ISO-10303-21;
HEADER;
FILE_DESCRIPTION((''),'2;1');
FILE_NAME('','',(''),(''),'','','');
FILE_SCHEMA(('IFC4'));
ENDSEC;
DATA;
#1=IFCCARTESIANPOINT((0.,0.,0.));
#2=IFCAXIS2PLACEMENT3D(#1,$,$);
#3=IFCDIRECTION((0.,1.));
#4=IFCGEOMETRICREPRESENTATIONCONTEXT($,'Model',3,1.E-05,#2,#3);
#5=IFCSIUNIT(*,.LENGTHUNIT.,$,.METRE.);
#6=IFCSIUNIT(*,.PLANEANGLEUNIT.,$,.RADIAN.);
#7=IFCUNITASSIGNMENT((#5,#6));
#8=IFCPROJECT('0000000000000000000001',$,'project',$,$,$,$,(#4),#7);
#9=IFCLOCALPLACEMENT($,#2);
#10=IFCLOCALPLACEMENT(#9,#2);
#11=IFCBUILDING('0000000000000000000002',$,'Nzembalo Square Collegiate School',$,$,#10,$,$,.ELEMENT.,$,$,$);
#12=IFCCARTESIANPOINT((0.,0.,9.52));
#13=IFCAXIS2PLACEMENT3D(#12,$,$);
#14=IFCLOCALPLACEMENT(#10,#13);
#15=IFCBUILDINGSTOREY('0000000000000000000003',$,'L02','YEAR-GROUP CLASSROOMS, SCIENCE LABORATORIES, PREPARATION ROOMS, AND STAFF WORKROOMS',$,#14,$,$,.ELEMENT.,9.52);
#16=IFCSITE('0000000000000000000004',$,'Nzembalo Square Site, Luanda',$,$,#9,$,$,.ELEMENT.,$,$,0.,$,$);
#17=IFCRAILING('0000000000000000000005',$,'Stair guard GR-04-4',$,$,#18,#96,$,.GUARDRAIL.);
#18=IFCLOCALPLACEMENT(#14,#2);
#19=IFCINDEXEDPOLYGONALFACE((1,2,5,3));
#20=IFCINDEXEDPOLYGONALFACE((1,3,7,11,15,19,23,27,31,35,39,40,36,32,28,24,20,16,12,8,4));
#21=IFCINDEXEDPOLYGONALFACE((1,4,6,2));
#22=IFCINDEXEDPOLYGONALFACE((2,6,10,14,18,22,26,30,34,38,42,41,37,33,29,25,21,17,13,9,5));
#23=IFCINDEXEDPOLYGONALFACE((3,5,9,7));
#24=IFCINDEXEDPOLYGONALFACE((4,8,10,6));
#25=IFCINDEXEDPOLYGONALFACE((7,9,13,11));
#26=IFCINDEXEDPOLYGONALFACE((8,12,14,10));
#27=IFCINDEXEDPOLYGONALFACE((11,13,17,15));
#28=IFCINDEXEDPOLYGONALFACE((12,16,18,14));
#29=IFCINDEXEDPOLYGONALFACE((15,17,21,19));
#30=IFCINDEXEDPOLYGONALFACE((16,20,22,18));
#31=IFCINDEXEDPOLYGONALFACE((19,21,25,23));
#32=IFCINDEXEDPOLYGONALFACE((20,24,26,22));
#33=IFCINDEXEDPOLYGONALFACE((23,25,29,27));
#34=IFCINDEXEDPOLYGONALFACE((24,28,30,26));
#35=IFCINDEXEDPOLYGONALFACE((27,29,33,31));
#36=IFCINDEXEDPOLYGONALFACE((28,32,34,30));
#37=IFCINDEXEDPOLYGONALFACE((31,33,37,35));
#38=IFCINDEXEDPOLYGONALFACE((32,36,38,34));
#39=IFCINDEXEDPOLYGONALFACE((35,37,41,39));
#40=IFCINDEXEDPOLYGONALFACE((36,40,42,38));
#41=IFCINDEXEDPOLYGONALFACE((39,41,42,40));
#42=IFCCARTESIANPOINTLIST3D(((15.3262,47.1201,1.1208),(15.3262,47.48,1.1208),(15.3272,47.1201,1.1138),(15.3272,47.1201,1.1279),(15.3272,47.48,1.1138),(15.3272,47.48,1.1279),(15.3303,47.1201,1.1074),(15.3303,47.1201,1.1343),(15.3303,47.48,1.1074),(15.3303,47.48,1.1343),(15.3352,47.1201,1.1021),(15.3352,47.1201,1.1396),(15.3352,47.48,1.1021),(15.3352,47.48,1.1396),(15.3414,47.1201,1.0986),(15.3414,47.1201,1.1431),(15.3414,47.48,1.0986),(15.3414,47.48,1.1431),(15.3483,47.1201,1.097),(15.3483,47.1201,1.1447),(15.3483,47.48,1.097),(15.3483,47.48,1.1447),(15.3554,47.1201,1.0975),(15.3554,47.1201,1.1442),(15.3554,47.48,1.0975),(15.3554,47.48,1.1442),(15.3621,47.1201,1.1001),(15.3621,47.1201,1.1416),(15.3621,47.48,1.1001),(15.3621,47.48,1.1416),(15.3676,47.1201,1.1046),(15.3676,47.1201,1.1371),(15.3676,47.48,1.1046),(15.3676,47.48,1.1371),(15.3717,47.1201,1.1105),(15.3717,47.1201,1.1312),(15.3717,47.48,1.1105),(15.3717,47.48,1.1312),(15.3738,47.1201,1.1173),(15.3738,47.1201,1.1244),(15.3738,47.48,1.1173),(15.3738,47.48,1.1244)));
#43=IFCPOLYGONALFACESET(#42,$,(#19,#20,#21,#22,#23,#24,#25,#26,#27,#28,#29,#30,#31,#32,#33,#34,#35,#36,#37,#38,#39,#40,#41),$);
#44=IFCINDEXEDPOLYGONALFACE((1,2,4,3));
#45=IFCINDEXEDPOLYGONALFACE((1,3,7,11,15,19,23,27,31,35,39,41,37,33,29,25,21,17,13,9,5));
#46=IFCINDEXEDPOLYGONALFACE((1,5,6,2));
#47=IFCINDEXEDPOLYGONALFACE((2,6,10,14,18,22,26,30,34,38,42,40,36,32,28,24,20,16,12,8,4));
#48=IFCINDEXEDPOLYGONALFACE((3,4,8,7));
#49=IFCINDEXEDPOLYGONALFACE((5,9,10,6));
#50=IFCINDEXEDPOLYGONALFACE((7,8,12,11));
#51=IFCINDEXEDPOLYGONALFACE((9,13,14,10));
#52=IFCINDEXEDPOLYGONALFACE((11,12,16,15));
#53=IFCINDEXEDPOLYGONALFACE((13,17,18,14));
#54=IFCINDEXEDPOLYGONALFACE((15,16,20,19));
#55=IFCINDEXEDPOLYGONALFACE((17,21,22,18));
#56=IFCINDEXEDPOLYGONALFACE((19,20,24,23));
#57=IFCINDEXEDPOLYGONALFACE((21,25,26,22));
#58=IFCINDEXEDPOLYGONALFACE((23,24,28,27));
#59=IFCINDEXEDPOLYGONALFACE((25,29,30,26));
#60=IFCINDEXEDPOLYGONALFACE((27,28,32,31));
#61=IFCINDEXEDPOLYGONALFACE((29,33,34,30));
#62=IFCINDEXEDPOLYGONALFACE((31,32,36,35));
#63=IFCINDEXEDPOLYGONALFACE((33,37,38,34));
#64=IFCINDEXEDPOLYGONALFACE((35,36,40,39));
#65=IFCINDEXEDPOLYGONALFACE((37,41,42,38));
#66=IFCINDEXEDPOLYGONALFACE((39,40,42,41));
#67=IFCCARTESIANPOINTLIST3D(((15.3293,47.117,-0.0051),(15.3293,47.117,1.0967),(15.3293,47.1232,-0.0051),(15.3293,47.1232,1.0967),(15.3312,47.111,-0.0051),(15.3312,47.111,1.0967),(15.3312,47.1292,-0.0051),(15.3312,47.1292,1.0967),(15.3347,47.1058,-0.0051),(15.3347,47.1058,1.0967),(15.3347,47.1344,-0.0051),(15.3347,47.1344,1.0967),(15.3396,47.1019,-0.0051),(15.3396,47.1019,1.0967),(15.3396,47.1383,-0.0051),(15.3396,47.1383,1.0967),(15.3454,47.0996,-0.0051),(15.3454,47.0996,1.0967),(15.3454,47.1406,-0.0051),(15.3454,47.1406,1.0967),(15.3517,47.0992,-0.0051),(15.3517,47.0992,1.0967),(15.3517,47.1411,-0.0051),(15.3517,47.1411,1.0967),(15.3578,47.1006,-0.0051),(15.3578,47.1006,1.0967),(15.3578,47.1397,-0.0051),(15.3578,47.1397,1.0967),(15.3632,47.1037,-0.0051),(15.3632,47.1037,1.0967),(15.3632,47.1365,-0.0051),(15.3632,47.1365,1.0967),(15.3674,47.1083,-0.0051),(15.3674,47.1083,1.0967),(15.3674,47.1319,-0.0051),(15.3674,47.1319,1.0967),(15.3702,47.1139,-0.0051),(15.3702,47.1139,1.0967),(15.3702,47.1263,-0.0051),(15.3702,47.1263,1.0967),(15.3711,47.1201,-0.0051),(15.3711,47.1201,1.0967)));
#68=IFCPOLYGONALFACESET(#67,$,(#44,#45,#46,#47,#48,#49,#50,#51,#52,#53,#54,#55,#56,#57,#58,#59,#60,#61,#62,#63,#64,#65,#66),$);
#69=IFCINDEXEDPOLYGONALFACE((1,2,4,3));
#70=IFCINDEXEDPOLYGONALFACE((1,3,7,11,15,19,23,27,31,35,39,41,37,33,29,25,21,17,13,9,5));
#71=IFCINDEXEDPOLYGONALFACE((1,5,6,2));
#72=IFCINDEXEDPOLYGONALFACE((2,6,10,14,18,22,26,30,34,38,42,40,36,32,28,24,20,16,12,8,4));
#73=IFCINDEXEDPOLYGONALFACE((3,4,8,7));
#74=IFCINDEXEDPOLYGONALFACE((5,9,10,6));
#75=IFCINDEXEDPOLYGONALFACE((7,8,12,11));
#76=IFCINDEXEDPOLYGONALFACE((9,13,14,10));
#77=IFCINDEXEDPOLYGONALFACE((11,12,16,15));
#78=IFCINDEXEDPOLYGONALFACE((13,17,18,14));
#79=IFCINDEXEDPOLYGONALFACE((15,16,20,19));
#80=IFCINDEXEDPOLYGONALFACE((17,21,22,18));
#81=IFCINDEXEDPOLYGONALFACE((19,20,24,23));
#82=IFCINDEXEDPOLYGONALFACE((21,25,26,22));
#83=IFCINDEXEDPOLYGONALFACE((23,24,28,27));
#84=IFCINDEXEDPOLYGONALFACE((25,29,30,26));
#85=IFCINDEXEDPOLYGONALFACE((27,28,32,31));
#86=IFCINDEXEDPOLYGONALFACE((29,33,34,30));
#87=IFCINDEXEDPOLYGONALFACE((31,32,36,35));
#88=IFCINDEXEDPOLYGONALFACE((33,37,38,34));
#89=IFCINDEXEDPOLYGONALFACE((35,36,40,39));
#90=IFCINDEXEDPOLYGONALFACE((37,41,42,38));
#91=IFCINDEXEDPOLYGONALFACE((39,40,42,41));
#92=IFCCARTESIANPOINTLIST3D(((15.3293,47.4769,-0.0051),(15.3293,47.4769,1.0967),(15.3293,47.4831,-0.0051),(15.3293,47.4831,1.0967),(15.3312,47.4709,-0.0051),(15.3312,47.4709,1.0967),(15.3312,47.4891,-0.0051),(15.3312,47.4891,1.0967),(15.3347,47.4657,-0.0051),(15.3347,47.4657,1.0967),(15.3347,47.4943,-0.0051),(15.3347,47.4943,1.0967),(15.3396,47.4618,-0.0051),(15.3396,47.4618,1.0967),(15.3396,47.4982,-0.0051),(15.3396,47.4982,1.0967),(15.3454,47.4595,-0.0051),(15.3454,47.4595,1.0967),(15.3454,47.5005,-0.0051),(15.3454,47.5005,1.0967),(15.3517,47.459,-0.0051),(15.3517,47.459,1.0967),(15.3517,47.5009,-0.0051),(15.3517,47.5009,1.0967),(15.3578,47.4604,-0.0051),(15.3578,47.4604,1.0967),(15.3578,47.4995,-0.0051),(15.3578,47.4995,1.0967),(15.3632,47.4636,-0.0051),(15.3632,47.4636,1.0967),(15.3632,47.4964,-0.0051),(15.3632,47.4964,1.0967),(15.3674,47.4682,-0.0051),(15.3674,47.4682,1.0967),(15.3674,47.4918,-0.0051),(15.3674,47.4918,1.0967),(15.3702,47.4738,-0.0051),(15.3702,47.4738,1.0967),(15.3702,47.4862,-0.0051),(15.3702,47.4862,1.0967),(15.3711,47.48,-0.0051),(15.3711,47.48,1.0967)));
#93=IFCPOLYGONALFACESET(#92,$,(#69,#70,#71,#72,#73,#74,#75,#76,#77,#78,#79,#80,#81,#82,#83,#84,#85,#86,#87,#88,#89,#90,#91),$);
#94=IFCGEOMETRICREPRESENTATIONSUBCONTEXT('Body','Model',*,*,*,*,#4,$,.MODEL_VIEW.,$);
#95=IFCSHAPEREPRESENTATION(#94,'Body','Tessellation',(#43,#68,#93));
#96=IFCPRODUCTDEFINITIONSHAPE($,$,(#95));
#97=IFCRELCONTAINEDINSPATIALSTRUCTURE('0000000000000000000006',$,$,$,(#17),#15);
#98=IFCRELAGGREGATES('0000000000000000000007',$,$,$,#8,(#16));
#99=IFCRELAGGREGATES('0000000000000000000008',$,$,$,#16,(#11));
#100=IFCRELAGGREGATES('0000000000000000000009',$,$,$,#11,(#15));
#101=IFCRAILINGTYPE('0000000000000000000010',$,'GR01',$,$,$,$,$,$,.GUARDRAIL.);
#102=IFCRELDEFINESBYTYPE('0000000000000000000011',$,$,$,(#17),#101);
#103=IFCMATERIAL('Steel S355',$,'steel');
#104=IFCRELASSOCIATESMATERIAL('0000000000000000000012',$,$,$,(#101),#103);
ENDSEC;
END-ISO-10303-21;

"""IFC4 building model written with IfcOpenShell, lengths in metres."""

from ifc_helpers import new_model, si_unit, direction, frame, origin, origin_2d, place, context, subcontext, project, spatial, circle, extrude, material, type_object, element, save


model = new_model("IFC4")

# Units and contexts
model_context = context("Model", 3, precision=1e-05, world=origin(), true_north=direction((0.0, 1.0)))
body_context = subcontext(model_context, "Body", "Model", "MODEL_VIEW")
ifc_project = project(units=[si_unit("LENGTHUNIT", "METRE"), si_unit("PLANEANGLEUNIT", "RADIAN")], contexts=[model_context])

# Site, building, storey
site_placement = place(None, origin())
site = spatial("IfcSite", under=ifc_project, at=site_placement, Name="Nzembalo Square Site, Luanda", CompositionType="ELEMENT", RefElevation=0.0)
building_placement = place(site_placement, origin())
building = spatial("IfcBuilding", under=site, at=building_placement, Name="Nzembalo Square Collegiate School", CompositionType="ELEMENT")
storey_placement = place(building_placement, frame((0.0, 0.0, 9.52)))
storey = spatial("IfcBuildingStorey", under=building, at=storey_placement, Name="L02", Description="YEAR-GROUP CLASSROOMS, SCIENCE LABORATORIES, PREPARATION ROOMS, AND STAFF WORKROOMS", CompositionType="ELEMENT", Elevation=9.52)

# Railing
ifc_material_1 = material(Name="Steel S355", Category="steel")
railing_type_1 = type_object("IfcRailingType", Name="GR01", PredefinedType="GUARDRAIL", material=ifc_material_1)
railing_1_placement = place(storey_placement, frame((15.3501, 47.1201, -0.0051)))
element("IfcRailing", 1, at=railing_1_placement, inside=storey, type_object=railing_type_1, Name="Stair guard GR-04-4", PredefinedType="GUARDRAIL", context=body_context, shape_type="SweptSolid", body=[
    extrude(circle(Radius=0.0239, at=origin_2d()), frame((0.0, 0.0, 1.126), z_axis=(0.0, 1.0, 0.0), x_axis=(-1.0, 0.0, 0.0)), (0.0, 0.0, 1.0), 0.3599),
    extrude(circle(Radius=0.021, at=origin_2d()), origin(), (0.0, 0.0, 1.0), 1.1018),
    extrude(circle(Radius=0.021, at=origin_2d()), frame((0.0, 0.3599, 0.0)), (0.0, 0.0, 1.0), 1.1018),
])

save(model, "model.ifc")
